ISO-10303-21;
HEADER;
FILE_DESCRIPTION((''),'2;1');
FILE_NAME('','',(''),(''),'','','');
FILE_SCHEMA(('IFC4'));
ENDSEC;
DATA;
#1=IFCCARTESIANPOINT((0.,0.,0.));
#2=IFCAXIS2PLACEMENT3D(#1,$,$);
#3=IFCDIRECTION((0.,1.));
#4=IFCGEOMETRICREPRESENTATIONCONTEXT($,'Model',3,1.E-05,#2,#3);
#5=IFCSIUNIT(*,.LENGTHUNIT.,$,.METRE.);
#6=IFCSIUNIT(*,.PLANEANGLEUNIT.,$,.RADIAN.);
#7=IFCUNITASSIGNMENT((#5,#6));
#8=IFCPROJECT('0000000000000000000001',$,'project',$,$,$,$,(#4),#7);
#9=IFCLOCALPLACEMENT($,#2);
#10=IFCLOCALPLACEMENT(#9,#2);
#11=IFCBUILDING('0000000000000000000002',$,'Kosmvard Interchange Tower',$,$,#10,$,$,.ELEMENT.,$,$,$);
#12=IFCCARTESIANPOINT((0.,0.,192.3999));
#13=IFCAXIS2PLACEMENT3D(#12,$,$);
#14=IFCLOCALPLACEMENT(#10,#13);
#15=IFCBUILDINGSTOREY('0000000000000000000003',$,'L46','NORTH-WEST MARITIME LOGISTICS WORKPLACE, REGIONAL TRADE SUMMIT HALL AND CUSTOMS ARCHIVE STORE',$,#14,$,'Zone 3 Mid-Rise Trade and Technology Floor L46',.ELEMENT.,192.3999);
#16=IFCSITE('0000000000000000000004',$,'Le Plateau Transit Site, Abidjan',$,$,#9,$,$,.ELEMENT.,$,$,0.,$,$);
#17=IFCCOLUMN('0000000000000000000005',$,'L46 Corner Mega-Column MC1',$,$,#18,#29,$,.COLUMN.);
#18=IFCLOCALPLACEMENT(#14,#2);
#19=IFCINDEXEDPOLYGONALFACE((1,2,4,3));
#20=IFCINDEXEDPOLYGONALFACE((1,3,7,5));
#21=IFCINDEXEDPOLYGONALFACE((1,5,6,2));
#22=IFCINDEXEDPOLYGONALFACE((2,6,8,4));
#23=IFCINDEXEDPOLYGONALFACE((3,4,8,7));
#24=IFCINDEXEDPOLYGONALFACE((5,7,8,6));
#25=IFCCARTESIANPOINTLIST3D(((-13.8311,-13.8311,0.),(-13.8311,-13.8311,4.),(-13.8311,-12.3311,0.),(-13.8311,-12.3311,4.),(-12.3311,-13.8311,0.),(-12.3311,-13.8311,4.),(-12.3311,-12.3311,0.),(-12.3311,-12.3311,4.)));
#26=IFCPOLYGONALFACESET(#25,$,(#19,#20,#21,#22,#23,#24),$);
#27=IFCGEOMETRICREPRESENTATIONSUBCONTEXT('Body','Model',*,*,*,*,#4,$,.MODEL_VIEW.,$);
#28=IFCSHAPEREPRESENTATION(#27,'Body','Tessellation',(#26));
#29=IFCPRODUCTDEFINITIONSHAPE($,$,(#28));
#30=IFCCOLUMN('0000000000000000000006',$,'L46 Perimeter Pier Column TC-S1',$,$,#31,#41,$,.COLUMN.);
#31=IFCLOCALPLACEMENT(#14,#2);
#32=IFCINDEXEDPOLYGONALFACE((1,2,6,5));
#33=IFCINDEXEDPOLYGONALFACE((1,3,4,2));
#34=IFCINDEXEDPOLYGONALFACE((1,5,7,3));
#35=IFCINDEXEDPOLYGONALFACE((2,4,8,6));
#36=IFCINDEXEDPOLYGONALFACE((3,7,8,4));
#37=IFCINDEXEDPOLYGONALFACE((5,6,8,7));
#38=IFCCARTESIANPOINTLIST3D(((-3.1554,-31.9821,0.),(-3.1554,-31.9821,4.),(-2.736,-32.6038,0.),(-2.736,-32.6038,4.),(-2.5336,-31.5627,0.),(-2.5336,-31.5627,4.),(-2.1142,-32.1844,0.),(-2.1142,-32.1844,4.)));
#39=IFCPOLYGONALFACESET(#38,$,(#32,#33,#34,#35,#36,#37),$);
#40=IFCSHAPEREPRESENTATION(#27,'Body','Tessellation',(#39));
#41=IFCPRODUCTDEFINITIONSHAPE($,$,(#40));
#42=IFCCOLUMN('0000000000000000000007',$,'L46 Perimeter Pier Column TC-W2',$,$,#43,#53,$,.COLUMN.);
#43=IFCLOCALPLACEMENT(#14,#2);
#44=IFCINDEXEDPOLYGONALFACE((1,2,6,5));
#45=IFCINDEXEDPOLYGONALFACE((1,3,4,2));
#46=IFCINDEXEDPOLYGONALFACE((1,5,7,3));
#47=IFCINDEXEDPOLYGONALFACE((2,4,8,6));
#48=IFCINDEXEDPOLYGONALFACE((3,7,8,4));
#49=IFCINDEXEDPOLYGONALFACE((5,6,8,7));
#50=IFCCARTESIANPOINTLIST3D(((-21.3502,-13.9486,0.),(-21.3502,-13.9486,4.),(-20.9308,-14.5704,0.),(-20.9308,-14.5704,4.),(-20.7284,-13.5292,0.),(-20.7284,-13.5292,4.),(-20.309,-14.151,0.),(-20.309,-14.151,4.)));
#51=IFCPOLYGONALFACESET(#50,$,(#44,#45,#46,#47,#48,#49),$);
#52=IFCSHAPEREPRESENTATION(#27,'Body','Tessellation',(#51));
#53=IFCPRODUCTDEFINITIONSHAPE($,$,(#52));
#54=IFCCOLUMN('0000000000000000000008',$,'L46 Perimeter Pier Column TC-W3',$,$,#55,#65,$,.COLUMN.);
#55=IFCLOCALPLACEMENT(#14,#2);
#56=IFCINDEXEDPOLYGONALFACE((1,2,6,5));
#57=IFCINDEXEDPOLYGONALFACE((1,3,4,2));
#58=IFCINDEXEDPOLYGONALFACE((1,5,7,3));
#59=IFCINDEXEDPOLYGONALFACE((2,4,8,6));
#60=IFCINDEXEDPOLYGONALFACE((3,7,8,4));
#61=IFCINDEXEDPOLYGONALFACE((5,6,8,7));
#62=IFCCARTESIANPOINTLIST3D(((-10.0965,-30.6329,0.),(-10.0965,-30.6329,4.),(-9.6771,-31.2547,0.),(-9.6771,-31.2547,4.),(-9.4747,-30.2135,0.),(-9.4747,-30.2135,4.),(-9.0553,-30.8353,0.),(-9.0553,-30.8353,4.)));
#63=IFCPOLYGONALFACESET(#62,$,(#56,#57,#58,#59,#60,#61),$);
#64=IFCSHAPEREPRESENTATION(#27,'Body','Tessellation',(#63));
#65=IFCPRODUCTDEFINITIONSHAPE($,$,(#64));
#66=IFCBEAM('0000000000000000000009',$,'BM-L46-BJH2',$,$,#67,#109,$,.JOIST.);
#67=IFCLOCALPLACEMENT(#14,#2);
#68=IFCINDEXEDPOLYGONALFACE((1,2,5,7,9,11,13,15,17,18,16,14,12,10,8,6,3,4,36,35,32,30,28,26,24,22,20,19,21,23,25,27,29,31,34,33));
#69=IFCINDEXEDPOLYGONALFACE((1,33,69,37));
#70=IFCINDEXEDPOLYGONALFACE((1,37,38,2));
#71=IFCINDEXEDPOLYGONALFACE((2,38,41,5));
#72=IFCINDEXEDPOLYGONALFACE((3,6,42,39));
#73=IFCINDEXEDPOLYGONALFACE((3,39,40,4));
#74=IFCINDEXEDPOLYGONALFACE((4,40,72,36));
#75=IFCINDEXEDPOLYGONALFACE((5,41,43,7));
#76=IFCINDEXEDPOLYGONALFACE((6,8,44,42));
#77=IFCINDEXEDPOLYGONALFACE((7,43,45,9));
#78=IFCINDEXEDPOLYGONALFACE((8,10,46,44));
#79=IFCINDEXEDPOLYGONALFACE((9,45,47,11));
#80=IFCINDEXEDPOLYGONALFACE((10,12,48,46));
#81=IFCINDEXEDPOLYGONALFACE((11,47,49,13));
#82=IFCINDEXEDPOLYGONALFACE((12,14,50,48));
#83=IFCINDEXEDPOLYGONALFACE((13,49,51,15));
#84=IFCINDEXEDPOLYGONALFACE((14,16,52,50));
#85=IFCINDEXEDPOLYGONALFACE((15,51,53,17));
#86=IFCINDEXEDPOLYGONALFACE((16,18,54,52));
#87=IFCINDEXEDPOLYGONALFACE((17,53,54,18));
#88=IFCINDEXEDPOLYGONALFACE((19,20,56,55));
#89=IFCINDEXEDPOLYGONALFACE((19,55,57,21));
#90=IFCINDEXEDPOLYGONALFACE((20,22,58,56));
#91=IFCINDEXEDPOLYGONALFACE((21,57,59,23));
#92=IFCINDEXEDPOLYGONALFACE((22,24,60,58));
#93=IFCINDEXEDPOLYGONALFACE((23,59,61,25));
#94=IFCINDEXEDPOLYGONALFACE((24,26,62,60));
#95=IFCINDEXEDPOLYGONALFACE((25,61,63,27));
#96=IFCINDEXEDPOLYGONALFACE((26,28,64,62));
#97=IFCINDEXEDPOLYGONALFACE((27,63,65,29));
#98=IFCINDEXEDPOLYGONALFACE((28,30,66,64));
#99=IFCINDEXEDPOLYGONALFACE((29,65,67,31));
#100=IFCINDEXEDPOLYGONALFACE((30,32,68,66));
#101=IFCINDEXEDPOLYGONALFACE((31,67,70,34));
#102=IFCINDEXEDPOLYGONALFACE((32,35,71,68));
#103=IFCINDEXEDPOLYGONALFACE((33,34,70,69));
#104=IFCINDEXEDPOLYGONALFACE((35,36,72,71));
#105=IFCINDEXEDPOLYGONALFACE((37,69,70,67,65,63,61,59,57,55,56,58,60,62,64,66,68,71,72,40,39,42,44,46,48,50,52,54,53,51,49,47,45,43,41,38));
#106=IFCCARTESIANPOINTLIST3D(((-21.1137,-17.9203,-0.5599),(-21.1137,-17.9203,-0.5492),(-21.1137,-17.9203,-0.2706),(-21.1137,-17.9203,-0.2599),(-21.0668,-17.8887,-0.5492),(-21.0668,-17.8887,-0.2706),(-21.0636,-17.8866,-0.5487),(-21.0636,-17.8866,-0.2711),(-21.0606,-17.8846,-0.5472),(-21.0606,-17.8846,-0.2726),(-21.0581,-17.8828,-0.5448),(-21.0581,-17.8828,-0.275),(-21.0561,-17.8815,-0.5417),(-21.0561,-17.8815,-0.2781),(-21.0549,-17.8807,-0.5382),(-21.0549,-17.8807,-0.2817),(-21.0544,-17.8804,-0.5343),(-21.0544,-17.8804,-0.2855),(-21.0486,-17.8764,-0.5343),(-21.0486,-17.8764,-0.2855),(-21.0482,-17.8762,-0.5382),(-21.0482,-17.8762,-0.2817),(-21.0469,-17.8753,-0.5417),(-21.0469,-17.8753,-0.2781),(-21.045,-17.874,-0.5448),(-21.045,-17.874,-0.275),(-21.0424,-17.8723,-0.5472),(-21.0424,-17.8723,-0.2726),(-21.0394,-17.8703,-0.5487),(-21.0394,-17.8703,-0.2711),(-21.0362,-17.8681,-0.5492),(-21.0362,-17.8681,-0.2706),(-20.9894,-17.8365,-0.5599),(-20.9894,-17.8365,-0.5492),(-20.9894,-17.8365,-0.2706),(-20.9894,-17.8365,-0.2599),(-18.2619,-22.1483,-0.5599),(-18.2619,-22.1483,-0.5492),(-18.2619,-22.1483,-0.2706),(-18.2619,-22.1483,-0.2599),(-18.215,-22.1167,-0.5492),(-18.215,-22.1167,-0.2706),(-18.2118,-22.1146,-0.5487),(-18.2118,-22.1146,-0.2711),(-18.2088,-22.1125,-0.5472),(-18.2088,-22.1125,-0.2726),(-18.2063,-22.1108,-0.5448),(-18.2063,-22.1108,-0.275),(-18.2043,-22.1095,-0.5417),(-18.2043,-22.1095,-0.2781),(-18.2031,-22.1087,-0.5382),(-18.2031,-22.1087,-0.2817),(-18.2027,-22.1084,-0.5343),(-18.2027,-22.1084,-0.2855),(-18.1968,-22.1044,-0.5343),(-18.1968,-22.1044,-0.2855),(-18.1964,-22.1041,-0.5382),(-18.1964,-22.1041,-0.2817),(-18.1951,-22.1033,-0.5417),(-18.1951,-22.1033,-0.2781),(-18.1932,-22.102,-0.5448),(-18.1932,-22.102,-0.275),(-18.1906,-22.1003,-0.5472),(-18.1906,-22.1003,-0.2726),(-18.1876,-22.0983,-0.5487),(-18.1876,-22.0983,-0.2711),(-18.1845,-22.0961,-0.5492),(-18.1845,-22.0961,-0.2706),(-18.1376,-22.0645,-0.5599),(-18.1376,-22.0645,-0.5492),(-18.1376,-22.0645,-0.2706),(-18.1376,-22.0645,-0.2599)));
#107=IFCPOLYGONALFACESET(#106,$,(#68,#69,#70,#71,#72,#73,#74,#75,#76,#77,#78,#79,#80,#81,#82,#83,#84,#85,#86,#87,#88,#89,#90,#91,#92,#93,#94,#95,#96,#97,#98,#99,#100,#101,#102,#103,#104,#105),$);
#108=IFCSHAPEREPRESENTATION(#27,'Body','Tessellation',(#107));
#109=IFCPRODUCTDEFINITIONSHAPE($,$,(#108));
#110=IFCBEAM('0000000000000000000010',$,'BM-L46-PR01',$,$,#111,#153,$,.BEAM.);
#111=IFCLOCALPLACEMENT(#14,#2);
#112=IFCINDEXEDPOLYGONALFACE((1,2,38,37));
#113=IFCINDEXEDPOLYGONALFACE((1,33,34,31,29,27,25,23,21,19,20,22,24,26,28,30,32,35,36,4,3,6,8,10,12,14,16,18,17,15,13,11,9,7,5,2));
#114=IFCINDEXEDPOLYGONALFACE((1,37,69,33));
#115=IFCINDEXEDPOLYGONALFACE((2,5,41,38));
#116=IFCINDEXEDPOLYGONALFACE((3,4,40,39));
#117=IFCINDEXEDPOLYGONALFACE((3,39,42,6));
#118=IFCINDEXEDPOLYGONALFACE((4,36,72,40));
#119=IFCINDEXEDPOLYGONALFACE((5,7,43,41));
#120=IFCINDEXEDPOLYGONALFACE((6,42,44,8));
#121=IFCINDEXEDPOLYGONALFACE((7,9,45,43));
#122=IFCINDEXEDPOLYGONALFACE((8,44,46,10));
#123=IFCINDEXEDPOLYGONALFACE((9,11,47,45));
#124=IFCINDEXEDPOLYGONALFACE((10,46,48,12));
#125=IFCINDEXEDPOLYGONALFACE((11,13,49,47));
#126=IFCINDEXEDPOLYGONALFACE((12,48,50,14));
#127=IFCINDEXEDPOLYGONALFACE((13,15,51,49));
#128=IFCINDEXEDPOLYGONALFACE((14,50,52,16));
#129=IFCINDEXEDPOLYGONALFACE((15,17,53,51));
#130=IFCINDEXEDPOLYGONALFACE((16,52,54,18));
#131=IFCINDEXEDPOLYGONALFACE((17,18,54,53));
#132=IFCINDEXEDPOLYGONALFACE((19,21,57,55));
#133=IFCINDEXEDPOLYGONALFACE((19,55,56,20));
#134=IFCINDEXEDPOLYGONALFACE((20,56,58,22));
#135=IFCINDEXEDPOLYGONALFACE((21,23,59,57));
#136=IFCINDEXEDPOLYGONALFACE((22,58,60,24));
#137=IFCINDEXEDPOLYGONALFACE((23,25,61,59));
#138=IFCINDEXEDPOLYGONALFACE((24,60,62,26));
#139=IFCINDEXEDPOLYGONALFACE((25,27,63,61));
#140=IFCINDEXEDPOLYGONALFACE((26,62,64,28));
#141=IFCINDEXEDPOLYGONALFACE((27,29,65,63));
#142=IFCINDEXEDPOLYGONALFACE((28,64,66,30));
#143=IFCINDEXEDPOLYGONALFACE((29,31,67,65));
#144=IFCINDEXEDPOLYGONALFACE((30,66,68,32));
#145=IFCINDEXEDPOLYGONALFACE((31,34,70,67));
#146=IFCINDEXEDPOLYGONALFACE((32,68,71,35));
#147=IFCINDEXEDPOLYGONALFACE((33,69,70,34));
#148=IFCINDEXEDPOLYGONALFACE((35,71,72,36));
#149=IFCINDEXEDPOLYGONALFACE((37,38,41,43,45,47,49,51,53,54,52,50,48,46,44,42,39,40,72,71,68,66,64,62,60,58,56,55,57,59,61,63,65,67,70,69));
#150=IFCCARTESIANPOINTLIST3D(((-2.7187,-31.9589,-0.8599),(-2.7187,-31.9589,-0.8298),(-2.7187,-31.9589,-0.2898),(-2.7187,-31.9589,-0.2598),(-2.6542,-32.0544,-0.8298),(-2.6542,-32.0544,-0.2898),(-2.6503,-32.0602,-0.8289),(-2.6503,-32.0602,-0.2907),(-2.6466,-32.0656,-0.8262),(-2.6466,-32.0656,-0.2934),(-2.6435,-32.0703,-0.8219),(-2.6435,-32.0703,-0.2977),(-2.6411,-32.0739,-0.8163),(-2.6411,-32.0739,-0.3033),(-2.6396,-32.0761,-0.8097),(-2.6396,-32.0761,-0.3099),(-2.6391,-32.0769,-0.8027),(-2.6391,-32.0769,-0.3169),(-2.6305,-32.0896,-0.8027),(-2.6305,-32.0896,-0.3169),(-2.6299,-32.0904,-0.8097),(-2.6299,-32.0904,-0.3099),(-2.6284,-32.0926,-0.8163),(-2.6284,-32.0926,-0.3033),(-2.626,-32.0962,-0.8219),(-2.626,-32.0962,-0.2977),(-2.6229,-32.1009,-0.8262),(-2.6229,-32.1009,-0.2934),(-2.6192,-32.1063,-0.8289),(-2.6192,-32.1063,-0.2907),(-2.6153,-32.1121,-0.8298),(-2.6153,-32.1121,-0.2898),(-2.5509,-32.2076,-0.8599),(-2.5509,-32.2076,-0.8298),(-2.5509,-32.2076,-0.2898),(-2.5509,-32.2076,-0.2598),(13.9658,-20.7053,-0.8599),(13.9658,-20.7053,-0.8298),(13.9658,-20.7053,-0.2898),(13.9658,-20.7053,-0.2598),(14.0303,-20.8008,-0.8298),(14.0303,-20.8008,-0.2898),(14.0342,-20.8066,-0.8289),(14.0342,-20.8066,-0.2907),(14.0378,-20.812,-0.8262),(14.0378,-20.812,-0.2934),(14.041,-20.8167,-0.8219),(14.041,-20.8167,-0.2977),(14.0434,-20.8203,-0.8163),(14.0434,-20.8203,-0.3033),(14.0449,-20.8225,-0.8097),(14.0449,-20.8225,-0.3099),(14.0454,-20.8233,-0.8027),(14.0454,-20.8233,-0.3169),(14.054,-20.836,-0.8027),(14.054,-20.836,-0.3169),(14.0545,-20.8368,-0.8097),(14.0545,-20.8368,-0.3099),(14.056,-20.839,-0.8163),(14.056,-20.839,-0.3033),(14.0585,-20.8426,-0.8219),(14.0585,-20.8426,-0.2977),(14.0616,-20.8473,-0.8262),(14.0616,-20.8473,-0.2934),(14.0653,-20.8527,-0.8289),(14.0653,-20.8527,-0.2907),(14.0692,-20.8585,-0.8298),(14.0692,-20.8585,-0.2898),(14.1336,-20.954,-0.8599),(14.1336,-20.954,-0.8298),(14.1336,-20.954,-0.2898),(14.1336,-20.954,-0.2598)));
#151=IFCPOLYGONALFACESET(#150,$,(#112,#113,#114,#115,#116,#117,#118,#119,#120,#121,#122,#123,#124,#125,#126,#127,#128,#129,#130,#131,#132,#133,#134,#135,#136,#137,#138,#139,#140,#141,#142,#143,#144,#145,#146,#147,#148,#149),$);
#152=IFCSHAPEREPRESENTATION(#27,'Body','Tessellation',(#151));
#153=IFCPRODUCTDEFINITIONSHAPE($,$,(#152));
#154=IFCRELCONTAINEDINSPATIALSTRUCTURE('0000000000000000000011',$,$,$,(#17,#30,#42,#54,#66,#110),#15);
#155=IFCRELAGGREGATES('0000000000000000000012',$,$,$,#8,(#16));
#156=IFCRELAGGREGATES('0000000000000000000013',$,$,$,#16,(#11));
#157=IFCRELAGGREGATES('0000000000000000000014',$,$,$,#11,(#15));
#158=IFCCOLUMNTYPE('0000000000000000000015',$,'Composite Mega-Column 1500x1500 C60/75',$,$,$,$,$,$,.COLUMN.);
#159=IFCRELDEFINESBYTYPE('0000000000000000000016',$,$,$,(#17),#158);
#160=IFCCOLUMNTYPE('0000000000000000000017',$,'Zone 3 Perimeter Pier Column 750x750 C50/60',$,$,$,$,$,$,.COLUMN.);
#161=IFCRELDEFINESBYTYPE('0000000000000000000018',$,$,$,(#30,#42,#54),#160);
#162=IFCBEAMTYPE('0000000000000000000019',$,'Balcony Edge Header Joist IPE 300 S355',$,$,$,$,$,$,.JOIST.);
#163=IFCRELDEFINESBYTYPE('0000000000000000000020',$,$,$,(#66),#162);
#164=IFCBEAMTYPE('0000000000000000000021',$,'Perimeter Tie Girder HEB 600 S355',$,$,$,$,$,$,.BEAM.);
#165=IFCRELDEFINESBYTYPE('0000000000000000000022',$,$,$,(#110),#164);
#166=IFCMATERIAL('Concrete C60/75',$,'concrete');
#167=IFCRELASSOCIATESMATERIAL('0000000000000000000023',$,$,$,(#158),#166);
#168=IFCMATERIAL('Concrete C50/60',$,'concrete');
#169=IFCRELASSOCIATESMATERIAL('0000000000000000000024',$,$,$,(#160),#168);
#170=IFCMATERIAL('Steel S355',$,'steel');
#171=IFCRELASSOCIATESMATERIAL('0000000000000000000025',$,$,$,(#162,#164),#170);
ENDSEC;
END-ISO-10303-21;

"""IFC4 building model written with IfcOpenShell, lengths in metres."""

from ifc_helpers import new_model, si_unit, direction, frame, origin, origin_2d, place, context, subcontext, project, spatial, rectangle, i_section, extrude, source, transform, mapped, material, material_profile, profile_set, type_object, element, save


model = new_model("IFC4")

# Units and contexts
model_context = context("Model", 3, precision=1e-05, world=origin(), true_north=direction((0.0, 1.0)))
body_context = subcontext(model_context, "Body", "Model", "MODEL_VIEW")
ifc_project = project(units=[si_unit("LENGTHUNIT", "METRE"), si_unit("PLANEANGLEUNIT", "RADIAN")], contexts=[model_context])

# Site, building, storey
site_placement = place(None, origin())
site = spatial("IfcSite", under=ifc_project, at=site_placement, Name="Le Plateau Transit Site, Abidjan", CompositionType="ELEMENT", RefElevation=0.0)
building_placement = place(site_placement, origin())
building = spatial("IfcBuilding", under=site, at=building_placement, Name="Kosmvard Interchange Tower", CompositionType="ELEMENT")
storey_placement = place(building_placement, frame((0.0, 0.0, 192.3999)))
storey = spatial("IfcBuildingStorey", under=building, at=storey_placement, Name="L46", Description="NORTH-WEST MARITIME LOGISTICS WORKPLACE, REGIONAL TRADE SUMMIT HALL AND CUSTOMS ARCHIVE STORE", LongName="Zone 3 Mid-Rise Trade and Technology Floor L46", CompositionType="ELEMENT", Elevation=192.3999)

# Columns
ifc_material_1 = material(Name="Concrete C60/75", Category="concrete")
ifc_material_profile_1 = material_profile(ifc_material_1, rectangle(XDim=1.5, YDim=1.5, at=origin_2d()), Name="MC 1500x1500")
ifc_profile_set_1 = profile_set([ifc_material_profile_1], Name="Concrete C60/75")
column_type_1 = type_object("IfcColumnType", Name="Composite Mega-Column 1500x1500 C60/75", PredefinedType="COLUMN", material=ifc_profile_set_1)
shared_shape_1 = source(origin(), body_context, "Body", "SweptSolid", [
    extrude(rectangle(XDim=1.5, YDim=1.5, at=origin_2d()), origin(), (0.0, 0.0, 1.0), 4.0),
])
column_placement = place(storey_placement, frame((-13.0811, -13.0811, 0.0), z_axis=(0.0, 0.0, 1.0), x_axis=(1.0, 0.0, 0.0)))
element("IfcColumn", 1, at=column_placement, inside=storey, type_object=column_type_1, Name="L46 Corner Mega-Column MC1", PredefinedType="COLUMN", context=body_context, shape_type="MappedRepresentation", body=[
    mapped(shared_shape_1, transform((0.0, 0.0, 0.0), scale=1.0)),
])
ifc_material_2 = material(Name="Concrete C50/60", Category="concrete")
ifc_material_profile_2 = material_profile(ifc_material_2, rectangle(XDim=0.75, YDim=0.75, at=origin_2d()), Name="TC 750x750")
ifc_profile_set_2 = profile_set([ifc_material_profile_2], Name="Concrete C50/60")
column_type_2 = type_object("IfcColumnType", Name="Zone 3 Perimeter Pier Column 750x750 C50/60", PredefinedType="COLUMN", material=ifc_profile_set_2)
shared_shape_2 = source(origin(), body_context, "Body", "SweptSolid", [
    extrude(rectangle(XDim=0.75, YDim=0.75, at=origin_2d()), origin(), (0.0, 0.0, 1.0), 4.0),
])
for number, where, z_axis, x_axis, name in (
    (2, (-2.6348, -32.0833, 0.0), (0.0, 0.0, 1.0), (0.829038, 0.559193, 0.0), "L46 Perimeter Pier Column TC-S1"),
    (3, (-20.8296, -14.0498, 0.0), (0.0, 0.0, 1.0), (0.829038, 0.559193, 0.0), "L46 Perimeter Pier Column TC-W2"),
    (4, (-9.5759, -30.7341, 0.0), (0.0, 0.0, 1.0), (0.829038, 0.559193, 0.0), "L46 Perimeter Pier Column TC-W3"),
):
    element("IfcColumn", number, at=place(storey_placement, frame(where, z_axis=z_axis, x_axis=x_axis)), inside=storey, type_object=column_type_2, Name=name, PredefinedType="COLUMN", context=body_context, shape_type="MappedRepresentation", body=[
        mapped(shared_shape_2, transform((0.0, 0.0, 0.0), scale=1.0)),
    ])

# Beams
ifc_material_3 = material(Name="Steel S355", Category="steel")
ifc_material_profile_3 = material_profile(ifc_material_3, i_section(OverallWidth=0.1499, OverallDepth=0.3, WebThickness=0.0071, FlangeThickness=0.0107, FilletRadius=0.0149, at=origin_2d()), Name="IPE 300")
ifc_profile_set_3 = profile_set([ifc_material_profile_3], Name="Steel S355")
beam_type_1 = type_object("IfcBeamType", Name="Balcony Edge Header Joist IPE 300 S355", PredefinedType="JOIST", material=ifc_profile_set_3)
shared_shape_3 = source(origin(), body_context, "Body", "SweptSolid", [
    extrude(i_section(OverallWidth=0.1499, OverallDepth=0.3, WebThickness=0.0071, FlangeThickness=0.0107, FilletRadius=0.0149, at=origin_2d()), origin(), (0.0, 0.0, 1.0), 5.0999),
])
beam_1_placement = place(storey_placement, frame((-21.0515, -17.8784, -0.4099), z_axis=(0.559188, -0.829041, 0.0), x_axis=(0.829041, 0.559188, 0.0)))
element("IfcBeam", 5, at=beam_1_placement, inside=storey, type_object=beam_type_1, Name="BM-L46-BJH2", PredefinedType="JOIST", context=body_context, shape_type="MappedRepresentation", body=[
    mapped(shared_shape_3, transform((0.0, 0.0, 0.0), scale=1.0)),
])
ifc_material_profile_4 = material_profile(ifc_material_3, i_section(OverallWidth=0.3, OverallDepth=0.6001, WebThickness=0.0154, FlangeThickness=0.03, FilletRadius=0.0271, at=origin_2d()), Name="HEB 600")
ifc_profile_set_4 = profile_set([ifc_material_profile_4], Name="Steel S355")
beam_type_2 = type_object("IfcBeamType", Name="Perimeter Tie Girder HEB 600 S355", PredefinedType="BEAM", material=ifc_profile_set_4)
shared_shape_4 = source(origin(), body_context, "Body", "SweptSolid", [
    extrude(i_section(OverallWidth=0.3, OverallDepth=0.6001, WebThickness=0.0154, FlangeThickness=0.03, FilletRadius=0.0271, at=origin_2d()), origin(), (0.0, 0.0, 1.0), 20.125),
])
for number, where, z_axis, x_axis, name in (
    (6, (-2.6348, -32.0833, -0.5598), (0.829043, 0.559185, 0.0), (-0.559185, 0.829043, 0.0), "BM-L46-PR01"),
):
    element("IfcBeam", number, at=place(storey_placement, frame(where, z_axis=z_axis, x_axis=x_axis)), inside=storey, type_object=beam_type_2, Name=name, PredefinedType="BEAM", context=body_context, shape_type="MappedRepresentation", body=[
        mapped(shared_shape_4, transform((0.0, 0.0, 0.0), scale=1.0)),
    ])

save(model, "model.ifc")
